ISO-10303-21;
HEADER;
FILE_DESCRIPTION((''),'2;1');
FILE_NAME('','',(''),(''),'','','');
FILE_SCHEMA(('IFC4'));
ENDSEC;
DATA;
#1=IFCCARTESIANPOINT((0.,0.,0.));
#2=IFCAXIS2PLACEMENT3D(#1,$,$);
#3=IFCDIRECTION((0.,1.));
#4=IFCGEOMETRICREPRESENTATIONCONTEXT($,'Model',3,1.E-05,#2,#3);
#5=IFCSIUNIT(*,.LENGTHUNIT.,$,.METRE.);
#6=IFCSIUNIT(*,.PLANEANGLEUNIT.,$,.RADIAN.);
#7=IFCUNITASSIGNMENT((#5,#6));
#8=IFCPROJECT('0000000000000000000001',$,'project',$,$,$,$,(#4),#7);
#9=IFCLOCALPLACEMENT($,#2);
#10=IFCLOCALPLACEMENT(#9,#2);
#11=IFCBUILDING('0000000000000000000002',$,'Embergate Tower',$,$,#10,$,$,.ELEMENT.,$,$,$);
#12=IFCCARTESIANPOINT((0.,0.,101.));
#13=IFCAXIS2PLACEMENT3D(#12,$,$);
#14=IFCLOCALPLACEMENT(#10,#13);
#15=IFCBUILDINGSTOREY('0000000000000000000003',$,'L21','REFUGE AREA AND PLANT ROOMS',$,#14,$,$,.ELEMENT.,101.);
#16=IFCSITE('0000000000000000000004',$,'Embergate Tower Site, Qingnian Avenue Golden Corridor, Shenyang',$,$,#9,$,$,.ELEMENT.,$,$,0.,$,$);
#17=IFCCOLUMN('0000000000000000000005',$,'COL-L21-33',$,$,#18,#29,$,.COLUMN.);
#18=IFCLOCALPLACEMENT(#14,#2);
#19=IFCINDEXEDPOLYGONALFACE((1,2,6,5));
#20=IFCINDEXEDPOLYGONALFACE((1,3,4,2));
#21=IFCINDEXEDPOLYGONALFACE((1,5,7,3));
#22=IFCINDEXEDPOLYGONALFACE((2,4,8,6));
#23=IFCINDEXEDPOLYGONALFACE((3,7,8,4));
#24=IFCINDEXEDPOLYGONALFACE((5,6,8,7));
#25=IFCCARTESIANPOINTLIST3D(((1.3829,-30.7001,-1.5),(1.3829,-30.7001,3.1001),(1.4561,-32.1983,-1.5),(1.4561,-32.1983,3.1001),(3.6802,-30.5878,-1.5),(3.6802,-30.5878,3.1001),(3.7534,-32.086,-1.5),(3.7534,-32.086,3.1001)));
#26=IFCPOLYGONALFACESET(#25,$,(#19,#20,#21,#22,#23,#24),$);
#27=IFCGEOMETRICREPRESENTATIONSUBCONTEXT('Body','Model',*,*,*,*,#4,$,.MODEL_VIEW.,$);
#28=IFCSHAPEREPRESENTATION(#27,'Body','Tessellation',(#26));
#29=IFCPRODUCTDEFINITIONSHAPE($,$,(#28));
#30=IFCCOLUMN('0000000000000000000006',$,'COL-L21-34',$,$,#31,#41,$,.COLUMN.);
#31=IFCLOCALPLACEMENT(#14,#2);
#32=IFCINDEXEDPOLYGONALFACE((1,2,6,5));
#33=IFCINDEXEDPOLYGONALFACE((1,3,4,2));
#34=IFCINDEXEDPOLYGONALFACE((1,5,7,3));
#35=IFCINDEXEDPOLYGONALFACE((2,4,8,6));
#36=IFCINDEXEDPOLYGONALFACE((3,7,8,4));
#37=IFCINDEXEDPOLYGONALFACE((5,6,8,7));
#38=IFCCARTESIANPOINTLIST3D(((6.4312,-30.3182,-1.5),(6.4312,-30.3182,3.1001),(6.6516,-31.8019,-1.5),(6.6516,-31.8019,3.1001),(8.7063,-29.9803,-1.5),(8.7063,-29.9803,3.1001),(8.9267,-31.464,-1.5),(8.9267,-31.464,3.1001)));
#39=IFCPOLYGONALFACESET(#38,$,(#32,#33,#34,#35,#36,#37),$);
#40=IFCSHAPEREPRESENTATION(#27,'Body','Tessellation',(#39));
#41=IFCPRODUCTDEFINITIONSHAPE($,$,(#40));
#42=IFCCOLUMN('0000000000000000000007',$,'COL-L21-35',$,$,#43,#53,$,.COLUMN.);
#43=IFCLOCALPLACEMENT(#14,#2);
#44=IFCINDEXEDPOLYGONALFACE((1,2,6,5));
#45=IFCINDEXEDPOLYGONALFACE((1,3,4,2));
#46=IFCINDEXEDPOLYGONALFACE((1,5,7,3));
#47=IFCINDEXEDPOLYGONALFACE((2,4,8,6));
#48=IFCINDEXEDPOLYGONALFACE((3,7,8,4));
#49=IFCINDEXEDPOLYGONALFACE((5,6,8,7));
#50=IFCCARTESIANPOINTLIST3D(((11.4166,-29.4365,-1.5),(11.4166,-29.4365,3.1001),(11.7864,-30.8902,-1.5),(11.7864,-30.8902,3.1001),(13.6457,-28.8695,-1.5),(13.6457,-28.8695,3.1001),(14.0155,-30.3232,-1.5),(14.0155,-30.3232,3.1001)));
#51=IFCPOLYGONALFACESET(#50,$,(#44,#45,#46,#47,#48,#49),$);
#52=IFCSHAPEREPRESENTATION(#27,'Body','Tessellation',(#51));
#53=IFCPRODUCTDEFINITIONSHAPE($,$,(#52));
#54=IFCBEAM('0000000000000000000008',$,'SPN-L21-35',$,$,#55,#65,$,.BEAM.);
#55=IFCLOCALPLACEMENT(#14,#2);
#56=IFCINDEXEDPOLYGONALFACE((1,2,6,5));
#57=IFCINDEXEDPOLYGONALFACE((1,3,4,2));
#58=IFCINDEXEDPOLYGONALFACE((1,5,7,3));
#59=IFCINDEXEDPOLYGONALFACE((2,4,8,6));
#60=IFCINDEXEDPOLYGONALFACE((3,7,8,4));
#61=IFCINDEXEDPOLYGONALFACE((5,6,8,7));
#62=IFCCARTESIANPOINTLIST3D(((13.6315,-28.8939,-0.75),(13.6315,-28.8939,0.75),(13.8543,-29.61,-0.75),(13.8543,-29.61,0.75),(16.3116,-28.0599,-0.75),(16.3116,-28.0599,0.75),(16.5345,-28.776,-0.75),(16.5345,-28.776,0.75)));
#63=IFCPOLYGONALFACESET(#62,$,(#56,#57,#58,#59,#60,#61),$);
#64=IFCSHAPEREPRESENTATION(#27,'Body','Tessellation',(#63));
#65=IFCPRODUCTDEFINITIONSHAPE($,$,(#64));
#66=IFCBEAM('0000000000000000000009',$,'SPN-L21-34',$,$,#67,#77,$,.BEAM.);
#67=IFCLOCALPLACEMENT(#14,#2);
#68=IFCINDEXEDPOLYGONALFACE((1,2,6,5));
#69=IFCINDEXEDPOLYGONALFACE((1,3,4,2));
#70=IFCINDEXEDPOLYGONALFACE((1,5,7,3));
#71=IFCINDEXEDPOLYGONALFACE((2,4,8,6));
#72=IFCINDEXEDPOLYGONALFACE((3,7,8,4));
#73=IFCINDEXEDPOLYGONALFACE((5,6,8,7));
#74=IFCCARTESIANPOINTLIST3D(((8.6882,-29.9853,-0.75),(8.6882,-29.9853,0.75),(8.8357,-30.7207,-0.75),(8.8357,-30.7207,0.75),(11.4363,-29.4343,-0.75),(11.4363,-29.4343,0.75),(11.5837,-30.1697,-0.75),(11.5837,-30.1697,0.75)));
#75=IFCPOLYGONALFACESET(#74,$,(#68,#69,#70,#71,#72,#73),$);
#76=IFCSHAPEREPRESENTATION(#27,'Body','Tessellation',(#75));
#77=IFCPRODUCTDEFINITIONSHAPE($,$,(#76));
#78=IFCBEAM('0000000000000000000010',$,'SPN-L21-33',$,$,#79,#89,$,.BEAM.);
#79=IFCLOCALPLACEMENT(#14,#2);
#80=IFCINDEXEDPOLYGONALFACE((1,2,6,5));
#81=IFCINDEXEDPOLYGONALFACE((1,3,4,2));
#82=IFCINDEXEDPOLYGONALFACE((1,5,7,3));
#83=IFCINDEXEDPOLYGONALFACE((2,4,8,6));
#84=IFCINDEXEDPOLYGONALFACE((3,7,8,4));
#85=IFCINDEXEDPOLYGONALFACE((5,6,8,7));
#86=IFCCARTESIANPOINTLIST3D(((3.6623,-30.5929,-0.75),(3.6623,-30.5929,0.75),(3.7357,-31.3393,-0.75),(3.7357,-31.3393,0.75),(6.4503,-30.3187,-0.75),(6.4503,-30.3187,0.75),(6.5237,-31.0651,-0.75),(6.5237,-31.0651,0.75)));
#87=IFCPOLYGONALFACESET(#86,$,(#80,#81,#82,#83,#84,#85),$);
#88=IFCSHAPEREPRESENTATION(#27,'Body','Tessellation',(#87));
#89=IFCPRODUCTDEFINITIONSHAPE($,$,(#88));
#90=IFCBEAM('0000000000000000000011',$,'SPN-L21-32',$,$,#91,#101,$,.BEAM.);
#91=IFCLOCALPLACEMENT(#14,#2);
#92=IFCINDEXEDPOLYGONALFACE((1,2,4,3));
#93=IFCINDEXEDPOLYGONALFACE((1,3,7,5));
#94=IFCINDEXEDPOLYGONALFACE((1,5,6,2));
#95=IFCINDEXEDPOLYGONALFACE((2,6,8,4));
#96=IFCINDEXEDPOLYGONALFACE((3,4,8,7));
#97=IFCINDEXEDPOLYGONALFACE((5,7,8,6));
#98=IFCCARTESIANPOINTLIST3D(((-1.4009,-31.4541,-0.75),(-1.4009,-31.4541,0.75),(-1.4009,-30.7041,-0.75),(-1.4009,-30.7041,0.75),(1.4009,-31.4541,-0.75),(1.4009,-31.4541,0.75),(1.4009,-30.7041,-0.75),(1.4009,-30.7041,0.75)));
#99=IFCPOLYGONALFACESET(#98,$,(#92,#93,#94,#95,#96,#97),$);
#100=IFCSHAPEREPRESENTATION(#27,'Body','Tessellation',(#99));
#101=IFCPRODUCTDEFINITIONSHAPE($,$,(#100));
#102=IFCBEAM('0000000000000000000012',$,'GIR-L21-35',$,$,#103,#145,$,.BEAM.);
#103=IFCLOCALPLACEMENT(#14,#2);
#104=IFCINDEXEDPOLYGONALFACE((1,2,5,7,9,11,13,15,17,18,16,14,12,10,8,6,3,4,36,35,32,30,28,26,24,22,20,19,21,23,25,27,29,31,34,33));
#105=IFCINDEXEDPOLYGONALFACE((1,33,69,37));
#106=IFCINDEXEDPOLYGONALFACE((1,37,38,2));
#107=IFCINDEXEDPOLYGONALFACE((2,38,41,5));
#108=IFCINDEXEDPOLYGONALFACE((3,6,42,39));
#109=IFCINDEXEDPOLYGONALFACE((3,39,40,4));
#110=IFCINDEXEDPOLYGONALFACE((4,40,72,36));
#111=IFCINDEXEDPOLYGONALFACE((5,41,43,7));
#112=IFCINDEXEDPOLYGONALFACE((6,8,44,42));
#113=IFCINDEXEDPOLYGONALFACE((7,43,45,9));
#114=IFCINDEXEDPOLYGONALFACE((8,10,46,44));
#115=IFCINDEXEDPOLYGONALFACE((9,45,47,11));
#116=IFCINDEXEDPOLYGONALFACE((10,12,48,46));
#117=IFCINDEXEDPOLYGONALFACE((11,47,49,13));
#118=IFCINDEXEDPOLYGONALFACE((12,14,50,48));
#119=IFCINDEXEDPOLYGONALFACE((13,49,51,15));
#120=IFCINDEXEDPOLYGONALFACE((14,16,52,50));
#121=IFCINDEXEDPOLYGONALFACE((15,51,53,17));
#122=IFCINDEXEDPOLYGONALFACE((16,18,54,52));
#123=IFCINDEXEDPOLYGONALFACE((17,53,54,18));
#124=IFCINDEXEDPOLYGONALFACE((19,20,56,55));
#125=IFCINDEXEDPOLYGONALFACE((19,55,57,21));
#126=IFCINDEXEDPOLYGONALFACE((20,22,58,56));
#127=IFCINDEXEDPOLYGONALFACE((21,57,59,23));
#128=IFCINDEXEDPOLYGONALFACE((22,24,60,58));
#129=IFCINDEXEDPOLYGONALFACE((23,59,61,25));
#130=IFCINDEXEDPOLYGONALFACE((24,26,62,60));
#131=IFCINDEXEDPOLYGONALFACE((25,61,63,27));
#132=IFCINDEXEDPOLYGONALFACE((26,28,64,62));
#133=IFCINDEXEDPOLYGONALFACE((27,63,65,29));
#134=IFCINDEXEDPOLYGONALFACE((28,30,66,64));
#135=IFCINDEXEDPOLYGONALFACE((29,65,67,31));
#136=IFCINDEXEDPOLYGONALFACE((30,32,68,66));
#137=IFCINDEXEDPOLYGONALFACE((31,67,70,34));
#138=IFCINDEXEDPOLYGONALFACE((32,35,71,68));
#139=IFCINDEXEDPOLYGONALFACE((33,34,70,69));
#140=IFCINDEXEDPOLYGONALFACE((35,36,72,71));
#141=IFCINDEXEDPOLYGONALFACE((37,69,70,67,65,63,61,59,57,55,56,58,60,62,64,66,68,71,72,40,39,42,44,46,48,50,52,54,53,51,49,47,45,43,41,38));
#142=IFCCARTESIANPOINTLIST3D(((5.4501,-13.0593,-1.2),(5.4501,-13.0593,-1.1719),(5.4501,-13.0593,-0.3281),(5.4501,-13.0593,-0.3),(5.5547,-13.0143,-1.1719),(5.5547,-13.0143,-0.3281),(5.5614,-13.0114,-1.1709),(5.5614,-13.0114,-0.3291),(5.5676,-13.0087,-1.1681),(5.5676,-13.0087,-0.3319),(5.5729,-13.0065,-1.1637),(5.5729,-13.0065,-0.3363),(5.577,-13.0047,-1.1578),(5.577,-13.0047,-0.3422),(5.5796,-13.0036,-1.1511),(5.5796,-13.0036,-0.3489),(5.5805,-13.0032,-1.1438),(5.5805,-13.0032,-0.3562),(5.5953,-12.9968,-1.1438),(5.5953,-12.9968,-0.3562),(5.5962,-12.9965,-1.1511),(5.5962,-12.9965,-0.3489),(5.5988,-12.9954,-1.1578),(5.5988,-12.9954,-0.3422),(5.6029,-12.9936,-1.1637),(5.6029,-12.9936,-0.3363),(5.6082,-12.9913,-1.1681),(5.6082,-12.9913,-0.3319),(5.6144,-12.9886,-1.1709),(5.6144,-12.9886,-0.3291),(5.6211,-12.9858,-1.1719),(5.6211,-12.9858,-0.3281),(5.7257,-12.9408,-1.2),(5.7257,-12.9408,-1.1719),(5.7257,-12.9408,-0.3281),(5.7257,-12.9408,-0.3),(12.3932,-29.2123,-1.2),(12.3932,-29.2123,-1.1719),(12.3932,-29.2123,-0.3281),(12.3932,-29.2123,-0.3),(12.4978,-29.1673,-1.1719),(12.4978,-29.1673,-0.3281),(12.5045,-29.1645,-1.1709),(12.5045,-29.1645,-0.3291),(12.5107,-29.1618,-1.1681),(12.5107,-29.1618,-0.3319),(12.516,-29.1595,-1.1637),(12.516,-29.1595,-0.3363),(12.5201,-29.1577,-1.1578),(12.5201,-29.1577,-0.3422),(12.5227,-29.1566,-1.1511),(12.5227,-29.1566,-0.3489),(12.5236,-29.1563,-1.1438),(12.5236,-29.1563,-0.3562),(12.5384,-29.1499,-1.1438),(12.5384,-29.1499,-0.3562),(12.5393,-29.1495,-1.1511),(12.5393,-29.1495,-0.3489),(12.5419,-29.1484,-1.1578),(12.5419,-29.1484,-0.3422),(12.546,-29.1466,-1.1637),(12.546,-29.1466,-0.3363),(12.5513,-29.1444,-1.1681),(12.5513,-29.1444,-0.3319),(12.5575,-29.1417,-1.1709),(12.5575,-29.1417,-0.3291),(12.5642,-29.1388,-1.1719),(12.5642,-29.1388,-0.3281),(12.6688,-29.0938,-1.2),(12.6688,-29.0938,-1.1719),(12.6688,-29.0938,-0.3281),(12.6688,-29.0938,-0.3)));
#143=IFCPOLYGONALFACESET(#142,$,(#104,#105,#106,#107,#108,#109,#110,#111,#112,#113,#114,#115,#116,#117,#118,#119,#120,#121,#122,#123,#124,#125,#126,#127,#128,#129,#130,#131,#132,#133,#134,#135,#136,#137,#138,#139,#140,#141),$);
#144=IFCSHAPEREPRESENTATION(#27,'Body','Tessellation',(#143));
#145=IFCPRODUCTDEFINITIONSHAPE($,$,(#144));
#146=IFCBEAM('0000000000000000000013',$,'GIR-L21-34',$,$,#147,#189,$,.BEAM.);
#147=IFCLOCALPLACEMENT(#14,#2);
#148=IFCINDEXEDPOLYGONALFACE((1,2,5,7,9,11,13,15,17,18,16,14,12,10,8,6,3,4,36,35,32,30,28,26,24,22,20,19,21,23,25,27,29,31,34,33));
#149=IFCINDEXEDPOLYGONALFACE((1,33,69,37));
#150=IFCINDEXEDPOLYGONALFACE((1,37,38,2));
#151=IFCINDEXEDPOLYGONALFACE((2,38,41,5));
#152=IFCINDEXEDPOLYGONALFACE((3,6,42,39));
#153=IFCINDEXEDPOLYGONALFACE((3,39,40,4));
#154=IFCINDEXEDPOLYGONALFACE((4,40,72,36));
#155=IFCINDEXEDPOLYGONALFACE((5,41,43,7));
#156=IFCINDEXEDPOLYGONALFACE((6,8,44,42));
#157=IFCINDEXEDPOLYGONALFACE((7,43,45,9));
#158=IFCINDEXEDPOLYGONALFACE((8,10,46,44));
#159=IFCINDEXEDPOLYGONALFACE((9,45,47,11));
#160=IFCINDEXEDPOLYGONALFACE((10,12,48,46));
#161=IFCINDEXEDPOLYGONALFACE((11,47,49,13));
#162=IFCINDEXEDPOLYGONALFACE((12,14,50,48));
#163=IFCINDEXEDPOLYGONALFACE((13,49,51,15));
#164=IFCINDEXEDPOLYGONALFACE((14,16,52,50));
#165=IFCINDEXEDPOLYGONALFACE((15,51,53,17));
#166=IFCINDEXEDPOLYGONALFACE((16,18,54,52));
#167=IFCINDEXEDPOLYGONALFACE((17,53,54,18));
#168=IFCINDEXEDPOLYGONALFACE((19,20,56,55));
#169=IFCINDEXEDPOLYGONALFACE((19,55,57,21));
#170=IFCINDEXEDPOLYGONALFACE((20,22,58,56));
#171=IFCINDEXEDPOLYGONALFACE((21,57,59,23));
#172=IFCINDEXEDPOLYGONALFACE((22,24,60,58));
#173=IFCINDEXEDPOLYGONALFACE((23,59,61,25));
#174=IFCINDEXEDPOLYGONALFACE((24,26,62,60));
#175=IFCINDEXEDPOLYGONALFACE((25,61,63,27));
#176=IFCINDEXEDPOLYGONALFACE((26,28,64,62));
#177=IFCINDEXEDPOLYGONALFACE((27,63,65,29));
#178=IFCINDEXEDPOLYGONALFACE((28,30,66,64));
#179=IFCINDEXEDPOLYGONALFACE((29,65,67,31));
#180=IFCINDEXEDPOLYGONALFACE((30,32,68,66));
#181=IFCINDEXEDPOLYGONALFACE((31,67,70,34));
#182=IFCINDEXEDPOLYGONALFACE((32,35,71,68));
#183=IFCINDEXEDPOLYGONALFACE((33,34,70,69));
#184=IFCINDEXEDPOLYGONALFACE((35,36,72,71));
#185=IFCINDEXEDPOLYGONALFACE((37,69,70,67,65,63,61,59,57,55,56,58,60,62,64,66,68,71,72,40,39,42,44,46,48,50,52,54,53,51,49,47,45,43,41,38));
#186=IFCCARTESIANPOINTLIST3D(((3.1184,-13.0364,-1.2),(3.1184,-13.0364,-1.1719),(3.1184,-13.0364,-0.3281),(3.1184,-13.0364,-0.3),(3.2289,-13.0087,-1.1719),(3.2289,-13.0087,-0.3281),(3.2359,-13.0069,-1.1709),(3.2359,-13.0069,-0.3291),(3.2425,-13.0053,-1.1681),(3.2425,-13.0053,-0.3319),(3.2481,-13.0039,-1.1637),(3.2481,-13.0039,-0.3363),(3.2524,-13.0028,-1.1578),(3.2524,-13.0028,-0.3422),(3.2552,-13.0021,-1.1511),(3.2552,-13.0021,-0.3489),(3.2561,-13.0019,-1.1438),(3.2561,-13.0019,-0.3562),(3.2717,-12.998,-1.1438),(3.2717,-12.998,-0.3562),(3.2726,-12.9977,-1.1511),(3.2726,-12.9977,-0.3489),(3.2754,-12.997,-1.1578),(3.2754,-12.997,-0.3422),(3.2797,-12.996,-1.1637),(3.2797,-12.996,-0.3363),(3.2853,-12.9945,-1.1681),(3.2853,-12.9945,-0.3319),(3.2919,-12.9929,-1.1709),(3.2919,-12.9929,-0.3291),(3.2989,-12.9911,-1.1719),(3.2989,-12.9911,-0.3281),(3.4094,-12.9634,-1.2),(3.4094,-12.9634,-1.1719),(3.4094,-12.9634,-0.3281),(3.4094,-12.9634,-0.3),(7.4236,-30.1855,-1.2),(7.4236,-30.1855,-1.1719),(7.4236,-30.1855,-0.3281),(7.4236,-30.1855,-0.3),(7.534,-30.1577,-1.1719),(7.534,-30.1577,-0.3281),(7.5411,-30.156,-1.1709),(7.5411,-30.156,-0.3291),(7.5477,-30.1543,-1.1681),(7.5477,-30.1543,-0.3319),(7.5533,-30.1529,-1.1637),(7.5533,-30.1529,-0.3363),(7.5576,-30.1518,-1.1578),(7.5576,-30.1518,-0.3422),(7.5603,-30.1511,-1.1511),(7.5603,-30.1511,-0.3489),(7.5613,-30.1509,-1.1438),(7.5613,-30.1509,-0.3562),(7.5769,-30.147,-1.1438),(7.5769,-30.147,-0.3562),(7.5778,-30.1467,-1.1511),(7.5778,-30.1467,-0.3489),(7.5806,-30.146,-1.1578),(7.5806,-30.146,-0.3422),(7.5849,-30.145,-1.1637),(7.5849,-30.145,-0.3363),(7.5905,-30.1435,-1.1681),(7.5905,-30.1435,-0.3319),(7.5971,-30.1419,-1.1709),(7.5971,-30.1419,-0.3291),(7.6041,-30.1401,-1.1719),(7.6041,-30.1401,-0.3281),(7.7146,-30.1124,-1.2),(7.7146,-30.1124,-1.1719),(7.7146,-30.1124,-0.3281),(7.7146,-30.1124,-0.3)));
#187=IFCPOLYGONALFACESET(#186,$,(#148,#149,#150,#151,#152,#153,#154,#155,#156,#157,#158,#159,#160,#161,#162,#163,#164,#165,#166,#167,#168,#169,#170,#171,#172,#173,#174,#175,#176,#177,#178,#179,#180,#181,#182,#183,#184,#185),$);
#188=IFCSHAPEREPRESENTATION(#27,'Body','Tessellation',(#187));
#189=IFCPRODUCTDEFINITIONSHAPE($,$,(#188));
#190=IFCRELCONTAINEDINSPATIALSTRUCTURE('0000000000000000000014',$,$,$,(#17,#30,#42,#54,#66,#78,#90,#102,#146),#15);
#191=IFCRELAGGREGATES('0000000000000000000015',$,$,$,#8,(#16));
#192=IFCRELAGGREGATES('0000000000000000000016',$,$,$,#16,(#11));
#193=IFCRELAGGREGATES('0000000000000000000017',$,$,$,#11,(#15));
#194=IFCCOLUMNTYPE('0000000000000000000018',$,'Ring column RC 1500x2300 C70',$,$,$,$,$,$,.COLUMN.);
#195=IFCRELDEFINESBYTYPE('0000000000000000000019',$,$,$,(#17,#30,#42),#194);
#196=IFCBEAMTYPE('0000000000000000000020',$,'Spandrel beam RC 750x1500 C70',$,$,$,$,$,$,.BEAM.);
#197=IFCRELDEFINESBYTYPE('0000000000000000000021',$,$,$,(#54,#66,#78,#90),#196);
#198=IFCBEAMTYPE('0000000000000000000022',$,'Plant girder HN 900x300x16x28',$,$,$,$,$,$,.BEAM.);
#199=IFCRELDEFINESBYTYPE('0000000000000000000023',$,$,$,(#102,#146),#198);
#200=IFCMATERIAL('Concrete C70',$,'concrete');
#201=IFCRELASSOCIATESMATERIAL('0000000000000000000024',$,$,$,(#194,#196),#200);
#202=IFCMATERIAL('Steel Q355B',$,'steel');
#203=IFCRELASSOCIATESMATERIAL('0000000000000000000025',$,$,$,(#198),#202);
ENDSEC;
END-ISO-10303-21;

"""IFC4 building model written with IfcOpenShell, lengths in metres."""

from ifc_helpers import new_model, si_unit, direction, frame, origin, origin_2d, place, context, subcontext, project, spatial, rectangle, i_section, extrude, source, transform, mapped, material, material_profile, profile_set, type_object, element, save


model = new_model("IFC4")

# Units and contexts
model_context = context("Model", 3, precision=1e-05, world=origin(), true_north=direction((0.0, 1.0)))
body_context = subcontext(model_context, "Body", "Model", "MODEL_VIEW")
ifc_project = project(units=[si_unit("LENGTHUNIT", "METRE"), si_unit("PLANEANGLEUNIT", "RADIAN")], contexts=[model_context])

# Site, building, storey
site_placement = place(None, origin())
site = spatial("IfcSite", under=ifc_project, at=site_placement, Name="Embergate Tower Site, Qingnian Avenue Golden Corridor, Shenyang", CompositionType="ELEMENT", RefElevation=0.0)
building_placement = place(site_placement, origin())
building = spatial("IfcBuilding", under=site, at=building_placement, Name="Embergate Tower", CompositionType="ELEMENT")
storey_placement = place(building_placement, frame((0.0, 0.0, 101.0)))
storey = spatial("IfcBuildingStorey", under=building, at=storey_placement, Name="L21", Description="REFUGE AREA AND PLANT ROOMS", CompositionType="ELEMENT", Elevation=101.0)

# Columns
ifc_material_1 = material(Name="Concrete C70", Category="concrete")
ifc_material_profile_1 = material_profile(ifc_material_1, rectangle(XDim=1.5, YDim=2.3, at=origin_2d()), Name="RC 1500x2300")
ifc_profile_set_1 = profile_set([ifc_material_profile_1], Name="Concrete C70")
column_type = type_object("IfcColumnType", Name="Ring column RC 1500x2300 C70", PredefinedType="COLUMN", material=ifc_profile_set_1)
shared_shape_1 = source(origin(), body_context, "Body", "SweptSolid", [
    extrude(rectangle(XDim=1.5, YDim=2.3, at=origin_2d()), origin(), (0.0, 0.0, 1.0), 4.6001),
])
for number, where, z_axis, x_axis, name in (
    (1, (2.5681, -31.3931, -1.5), (0.0, 0.0, 1.0), (0.048815, -0.998808, 0.0), "COL-L21-33"),
    (2, (7.679, -30.8911, -1.5), (0.0, 0.0, 1.0), (0.146929, -0.989147, 0.0), "COL-L21-34"),
    (3, (12.7161, -29.8799, -1.5), (0.0, 0.0, 1.0), (0.246509, -0.969141, 0.0), "COL-L21-35"),
):
    element("IfcColumn", number, at=place(storey_placement, frame(where, z_axis=z_axis, x_axis=x_axis)), inside=storey, type_object=column_type, Name=name, PredefinedType="COLUMN", context=body_context, shape_type="MappedRepresentation", body=[
        mapped(shared_shape_1, transform((0.0, 0.0, 0.0))),
    ])

# Beams
ifc_material_profile_2 = material_profile(ifc_material_1, rectangle(XDim=0.75, YDim=1.5, at=origin_2d()), Name="RC 750x1500")
ifc_profile_set_2 = profile_set([ifc_material_profile_2], Name="Concrete C70")
beam_type_1 = type_object("IfcBeamType", Name="Spandrel beam RC 750x1500 C70", PredefinedType="BEAM", material=ifc_profile_set_2)
shared_shape_2 = source(origin(), body_context, "Body", "SweptSolid", [
    extrude(rectangle(XDim=0.75, YDim=1.5, at=origin_2d()), origin(), (0.0, 0.0, 1.0), 2.8069),
])
beam_1_placement = place(storey_placement, frame((13.7429, -29.252, 0.0), z_axis=(0.954841, 0.297116, 0.0), x_axis=(-0.297116, 0.954841, 0.0)))
element("IfcBeam", 4, at=beam_1_placement, inside=storey, type_object=beam_type_1, Name="SPN-L21-35", PredefinedType="BEAM", context=body_context, shape_type="MappedRepresentation", body=[
    mapped(shared_shape_2, transform((0.0, 0.0, 0.0))),
])
shared_shape_3 = source(origin(), body_context, "Body", "SweptSolid", [
    extrude(rectangle(XDim=0.75, YDim=1.5, at=origin_2d()), origin(), (0.0, 0.0, 1.0), 2.8027),
])
beam_2_placement = place(storey_placement, frame((8.762, -30.353, 0.0), z_axis=(0.980483, 0.196602, 0.0), x_axis=(-0.196602, 0.980483, 0.0)))
element("IfcBeam", 5, at=beam_2_placement, inside=storey, type_object=beam_type_1, Name="SPN-L21-34", PredefinedType="BEAM", context=body_context, shape_type="MappedRepresentation", body=[
    mapped(shared_shape_3, transform((0.0, 0.0, 0.0))),
])
shared_shape_4 = source(origin(), body_context, "Body", "SweptSolid", [
    extrude(rectangle(XDim=0.75, YDim=1.5, at=origin_2d()), origin(), (0.0, 0.0, 1.0), 2.8015),
])
beam_3_placement = place(storey_placement, frame((3.699, -30.9661, 0.0), z_axis=(0.9952, 0.097864, 0.0), x_axis=(-0.097864, 0.9952, 0.0)))
element("IfcBeam", 6, at=beam_3_placement, inside=storey, type_object=beam_type_1, Name="SPN-L21-33", PredefinedType="BEAM", context=body_context, shape_type="MappedRepresentation", body=[
    mapped(shared_shape_4, transform((0.0, 0.0, 0.0))),
])
shared_shape_5 = source(origin(), body_context, "Body", "SweptSolid", [
    extrude(rectangle(XDim=0.75, YDim=1.5, at=origin_2d()), origin(), (0.0, 0.0, 1.0), 2.8018),
])
beam_4_placement = place(storey_placement, frame((-1.4009, -31.0791, 0.0), z_axis=(1.0, 0.0, 0.0), x_axis=(0.0, 1.0, 0.0)))
element("IfcBeam", 7, at=beam_4_placement, inside=storey, type_object=beam_type_1, Name="SPN-L21-32", PredefinedType="BEAM", context=body_context, shape_type="MappedRepresentation", body=[
    mapped(shared_shape_5, transform((0.0, 0.0, 0.0))),
])
ifc_material_2 = material(Name="Steel Q355B", Category="steel")
ifc_material_profile_3 = material_profile(ifc_material_2, i_section(OverallWidth=0.3, OverallDepth=0.8999, WebThickness=0.0161, FlangeThickness=0.0281, FilletRadius=0.0281, at=origin_2d()), Name="HN 900x300x16x28")
ifc_profile_set_3 = profile_set([ifc_material_profile_3], Name="Steel Q355 grade B")
beam_type_2 = type_object("IfcBeamType", Name="Plant girder HN 900x300x16x28", PredefinedType="BEAM", material=ifc_profile_set_3)
shared_shape_6 = source(origin(), body_context, "Body", "SweptSolid", [
    extrude(i_section(OverallWidth=0.3, OverallDepth=0.8999, WebThickness=0.0161, FlangeThickness=0.0281, FilletRadius=0.0281, at=origin_2d()), origin(), (0.0, 0.0, 1.0), 17.582),
])
beam_5_placement = place(storey_placement, frame((12.531, -29.1531, -0.75), z_axis=(-0.394898, 0.918725, 0.0), x_axis=(-0.918725, -0.394898, 0.0)))
element("IfcBeam", 8, at=beam_5_placement, inside=storey, type_object=beam_type_2, Name="GIR-L21-35", PredefinedType="BEAM", context=body_context, shape_type="MappedRepresentation", body=[
    mapped(shared_shape_6, transform((0.0, 0.0, 0.0))),
])
shared_shape_7 = source(origin(), body_context, "Body", "SweptSolid", [
    extrude(i_section(OverallWidth=0.3, OverallDepth=0.8999, WebThickness=0.0161, FlangeThickness=0.0281, FilletRadius=0.0281, at=origin_2d()), origin(), (0.0, 0.0, 1.0), 17.6812),
])
beam_6_placement = place(storey_placement, frame((7.5691, -30.1489, -0.75), z_axis=(-0.243491, 0.969903, 0.0), x_axis=(-0.969903, -0.243491, 0.0)))
element("IfcBeam", 9, at=beam_6_placement, inside=storey, type_object=beam_type_2, Name="GIR-L21-34", PredefinedType="BEAM", context=body_context, shape_type="MappedRepresentation", body=[
    mapped(shared_shape_7, transform((0.0, 0.0, 0.0))),
])

save(model, "model.ifc")
